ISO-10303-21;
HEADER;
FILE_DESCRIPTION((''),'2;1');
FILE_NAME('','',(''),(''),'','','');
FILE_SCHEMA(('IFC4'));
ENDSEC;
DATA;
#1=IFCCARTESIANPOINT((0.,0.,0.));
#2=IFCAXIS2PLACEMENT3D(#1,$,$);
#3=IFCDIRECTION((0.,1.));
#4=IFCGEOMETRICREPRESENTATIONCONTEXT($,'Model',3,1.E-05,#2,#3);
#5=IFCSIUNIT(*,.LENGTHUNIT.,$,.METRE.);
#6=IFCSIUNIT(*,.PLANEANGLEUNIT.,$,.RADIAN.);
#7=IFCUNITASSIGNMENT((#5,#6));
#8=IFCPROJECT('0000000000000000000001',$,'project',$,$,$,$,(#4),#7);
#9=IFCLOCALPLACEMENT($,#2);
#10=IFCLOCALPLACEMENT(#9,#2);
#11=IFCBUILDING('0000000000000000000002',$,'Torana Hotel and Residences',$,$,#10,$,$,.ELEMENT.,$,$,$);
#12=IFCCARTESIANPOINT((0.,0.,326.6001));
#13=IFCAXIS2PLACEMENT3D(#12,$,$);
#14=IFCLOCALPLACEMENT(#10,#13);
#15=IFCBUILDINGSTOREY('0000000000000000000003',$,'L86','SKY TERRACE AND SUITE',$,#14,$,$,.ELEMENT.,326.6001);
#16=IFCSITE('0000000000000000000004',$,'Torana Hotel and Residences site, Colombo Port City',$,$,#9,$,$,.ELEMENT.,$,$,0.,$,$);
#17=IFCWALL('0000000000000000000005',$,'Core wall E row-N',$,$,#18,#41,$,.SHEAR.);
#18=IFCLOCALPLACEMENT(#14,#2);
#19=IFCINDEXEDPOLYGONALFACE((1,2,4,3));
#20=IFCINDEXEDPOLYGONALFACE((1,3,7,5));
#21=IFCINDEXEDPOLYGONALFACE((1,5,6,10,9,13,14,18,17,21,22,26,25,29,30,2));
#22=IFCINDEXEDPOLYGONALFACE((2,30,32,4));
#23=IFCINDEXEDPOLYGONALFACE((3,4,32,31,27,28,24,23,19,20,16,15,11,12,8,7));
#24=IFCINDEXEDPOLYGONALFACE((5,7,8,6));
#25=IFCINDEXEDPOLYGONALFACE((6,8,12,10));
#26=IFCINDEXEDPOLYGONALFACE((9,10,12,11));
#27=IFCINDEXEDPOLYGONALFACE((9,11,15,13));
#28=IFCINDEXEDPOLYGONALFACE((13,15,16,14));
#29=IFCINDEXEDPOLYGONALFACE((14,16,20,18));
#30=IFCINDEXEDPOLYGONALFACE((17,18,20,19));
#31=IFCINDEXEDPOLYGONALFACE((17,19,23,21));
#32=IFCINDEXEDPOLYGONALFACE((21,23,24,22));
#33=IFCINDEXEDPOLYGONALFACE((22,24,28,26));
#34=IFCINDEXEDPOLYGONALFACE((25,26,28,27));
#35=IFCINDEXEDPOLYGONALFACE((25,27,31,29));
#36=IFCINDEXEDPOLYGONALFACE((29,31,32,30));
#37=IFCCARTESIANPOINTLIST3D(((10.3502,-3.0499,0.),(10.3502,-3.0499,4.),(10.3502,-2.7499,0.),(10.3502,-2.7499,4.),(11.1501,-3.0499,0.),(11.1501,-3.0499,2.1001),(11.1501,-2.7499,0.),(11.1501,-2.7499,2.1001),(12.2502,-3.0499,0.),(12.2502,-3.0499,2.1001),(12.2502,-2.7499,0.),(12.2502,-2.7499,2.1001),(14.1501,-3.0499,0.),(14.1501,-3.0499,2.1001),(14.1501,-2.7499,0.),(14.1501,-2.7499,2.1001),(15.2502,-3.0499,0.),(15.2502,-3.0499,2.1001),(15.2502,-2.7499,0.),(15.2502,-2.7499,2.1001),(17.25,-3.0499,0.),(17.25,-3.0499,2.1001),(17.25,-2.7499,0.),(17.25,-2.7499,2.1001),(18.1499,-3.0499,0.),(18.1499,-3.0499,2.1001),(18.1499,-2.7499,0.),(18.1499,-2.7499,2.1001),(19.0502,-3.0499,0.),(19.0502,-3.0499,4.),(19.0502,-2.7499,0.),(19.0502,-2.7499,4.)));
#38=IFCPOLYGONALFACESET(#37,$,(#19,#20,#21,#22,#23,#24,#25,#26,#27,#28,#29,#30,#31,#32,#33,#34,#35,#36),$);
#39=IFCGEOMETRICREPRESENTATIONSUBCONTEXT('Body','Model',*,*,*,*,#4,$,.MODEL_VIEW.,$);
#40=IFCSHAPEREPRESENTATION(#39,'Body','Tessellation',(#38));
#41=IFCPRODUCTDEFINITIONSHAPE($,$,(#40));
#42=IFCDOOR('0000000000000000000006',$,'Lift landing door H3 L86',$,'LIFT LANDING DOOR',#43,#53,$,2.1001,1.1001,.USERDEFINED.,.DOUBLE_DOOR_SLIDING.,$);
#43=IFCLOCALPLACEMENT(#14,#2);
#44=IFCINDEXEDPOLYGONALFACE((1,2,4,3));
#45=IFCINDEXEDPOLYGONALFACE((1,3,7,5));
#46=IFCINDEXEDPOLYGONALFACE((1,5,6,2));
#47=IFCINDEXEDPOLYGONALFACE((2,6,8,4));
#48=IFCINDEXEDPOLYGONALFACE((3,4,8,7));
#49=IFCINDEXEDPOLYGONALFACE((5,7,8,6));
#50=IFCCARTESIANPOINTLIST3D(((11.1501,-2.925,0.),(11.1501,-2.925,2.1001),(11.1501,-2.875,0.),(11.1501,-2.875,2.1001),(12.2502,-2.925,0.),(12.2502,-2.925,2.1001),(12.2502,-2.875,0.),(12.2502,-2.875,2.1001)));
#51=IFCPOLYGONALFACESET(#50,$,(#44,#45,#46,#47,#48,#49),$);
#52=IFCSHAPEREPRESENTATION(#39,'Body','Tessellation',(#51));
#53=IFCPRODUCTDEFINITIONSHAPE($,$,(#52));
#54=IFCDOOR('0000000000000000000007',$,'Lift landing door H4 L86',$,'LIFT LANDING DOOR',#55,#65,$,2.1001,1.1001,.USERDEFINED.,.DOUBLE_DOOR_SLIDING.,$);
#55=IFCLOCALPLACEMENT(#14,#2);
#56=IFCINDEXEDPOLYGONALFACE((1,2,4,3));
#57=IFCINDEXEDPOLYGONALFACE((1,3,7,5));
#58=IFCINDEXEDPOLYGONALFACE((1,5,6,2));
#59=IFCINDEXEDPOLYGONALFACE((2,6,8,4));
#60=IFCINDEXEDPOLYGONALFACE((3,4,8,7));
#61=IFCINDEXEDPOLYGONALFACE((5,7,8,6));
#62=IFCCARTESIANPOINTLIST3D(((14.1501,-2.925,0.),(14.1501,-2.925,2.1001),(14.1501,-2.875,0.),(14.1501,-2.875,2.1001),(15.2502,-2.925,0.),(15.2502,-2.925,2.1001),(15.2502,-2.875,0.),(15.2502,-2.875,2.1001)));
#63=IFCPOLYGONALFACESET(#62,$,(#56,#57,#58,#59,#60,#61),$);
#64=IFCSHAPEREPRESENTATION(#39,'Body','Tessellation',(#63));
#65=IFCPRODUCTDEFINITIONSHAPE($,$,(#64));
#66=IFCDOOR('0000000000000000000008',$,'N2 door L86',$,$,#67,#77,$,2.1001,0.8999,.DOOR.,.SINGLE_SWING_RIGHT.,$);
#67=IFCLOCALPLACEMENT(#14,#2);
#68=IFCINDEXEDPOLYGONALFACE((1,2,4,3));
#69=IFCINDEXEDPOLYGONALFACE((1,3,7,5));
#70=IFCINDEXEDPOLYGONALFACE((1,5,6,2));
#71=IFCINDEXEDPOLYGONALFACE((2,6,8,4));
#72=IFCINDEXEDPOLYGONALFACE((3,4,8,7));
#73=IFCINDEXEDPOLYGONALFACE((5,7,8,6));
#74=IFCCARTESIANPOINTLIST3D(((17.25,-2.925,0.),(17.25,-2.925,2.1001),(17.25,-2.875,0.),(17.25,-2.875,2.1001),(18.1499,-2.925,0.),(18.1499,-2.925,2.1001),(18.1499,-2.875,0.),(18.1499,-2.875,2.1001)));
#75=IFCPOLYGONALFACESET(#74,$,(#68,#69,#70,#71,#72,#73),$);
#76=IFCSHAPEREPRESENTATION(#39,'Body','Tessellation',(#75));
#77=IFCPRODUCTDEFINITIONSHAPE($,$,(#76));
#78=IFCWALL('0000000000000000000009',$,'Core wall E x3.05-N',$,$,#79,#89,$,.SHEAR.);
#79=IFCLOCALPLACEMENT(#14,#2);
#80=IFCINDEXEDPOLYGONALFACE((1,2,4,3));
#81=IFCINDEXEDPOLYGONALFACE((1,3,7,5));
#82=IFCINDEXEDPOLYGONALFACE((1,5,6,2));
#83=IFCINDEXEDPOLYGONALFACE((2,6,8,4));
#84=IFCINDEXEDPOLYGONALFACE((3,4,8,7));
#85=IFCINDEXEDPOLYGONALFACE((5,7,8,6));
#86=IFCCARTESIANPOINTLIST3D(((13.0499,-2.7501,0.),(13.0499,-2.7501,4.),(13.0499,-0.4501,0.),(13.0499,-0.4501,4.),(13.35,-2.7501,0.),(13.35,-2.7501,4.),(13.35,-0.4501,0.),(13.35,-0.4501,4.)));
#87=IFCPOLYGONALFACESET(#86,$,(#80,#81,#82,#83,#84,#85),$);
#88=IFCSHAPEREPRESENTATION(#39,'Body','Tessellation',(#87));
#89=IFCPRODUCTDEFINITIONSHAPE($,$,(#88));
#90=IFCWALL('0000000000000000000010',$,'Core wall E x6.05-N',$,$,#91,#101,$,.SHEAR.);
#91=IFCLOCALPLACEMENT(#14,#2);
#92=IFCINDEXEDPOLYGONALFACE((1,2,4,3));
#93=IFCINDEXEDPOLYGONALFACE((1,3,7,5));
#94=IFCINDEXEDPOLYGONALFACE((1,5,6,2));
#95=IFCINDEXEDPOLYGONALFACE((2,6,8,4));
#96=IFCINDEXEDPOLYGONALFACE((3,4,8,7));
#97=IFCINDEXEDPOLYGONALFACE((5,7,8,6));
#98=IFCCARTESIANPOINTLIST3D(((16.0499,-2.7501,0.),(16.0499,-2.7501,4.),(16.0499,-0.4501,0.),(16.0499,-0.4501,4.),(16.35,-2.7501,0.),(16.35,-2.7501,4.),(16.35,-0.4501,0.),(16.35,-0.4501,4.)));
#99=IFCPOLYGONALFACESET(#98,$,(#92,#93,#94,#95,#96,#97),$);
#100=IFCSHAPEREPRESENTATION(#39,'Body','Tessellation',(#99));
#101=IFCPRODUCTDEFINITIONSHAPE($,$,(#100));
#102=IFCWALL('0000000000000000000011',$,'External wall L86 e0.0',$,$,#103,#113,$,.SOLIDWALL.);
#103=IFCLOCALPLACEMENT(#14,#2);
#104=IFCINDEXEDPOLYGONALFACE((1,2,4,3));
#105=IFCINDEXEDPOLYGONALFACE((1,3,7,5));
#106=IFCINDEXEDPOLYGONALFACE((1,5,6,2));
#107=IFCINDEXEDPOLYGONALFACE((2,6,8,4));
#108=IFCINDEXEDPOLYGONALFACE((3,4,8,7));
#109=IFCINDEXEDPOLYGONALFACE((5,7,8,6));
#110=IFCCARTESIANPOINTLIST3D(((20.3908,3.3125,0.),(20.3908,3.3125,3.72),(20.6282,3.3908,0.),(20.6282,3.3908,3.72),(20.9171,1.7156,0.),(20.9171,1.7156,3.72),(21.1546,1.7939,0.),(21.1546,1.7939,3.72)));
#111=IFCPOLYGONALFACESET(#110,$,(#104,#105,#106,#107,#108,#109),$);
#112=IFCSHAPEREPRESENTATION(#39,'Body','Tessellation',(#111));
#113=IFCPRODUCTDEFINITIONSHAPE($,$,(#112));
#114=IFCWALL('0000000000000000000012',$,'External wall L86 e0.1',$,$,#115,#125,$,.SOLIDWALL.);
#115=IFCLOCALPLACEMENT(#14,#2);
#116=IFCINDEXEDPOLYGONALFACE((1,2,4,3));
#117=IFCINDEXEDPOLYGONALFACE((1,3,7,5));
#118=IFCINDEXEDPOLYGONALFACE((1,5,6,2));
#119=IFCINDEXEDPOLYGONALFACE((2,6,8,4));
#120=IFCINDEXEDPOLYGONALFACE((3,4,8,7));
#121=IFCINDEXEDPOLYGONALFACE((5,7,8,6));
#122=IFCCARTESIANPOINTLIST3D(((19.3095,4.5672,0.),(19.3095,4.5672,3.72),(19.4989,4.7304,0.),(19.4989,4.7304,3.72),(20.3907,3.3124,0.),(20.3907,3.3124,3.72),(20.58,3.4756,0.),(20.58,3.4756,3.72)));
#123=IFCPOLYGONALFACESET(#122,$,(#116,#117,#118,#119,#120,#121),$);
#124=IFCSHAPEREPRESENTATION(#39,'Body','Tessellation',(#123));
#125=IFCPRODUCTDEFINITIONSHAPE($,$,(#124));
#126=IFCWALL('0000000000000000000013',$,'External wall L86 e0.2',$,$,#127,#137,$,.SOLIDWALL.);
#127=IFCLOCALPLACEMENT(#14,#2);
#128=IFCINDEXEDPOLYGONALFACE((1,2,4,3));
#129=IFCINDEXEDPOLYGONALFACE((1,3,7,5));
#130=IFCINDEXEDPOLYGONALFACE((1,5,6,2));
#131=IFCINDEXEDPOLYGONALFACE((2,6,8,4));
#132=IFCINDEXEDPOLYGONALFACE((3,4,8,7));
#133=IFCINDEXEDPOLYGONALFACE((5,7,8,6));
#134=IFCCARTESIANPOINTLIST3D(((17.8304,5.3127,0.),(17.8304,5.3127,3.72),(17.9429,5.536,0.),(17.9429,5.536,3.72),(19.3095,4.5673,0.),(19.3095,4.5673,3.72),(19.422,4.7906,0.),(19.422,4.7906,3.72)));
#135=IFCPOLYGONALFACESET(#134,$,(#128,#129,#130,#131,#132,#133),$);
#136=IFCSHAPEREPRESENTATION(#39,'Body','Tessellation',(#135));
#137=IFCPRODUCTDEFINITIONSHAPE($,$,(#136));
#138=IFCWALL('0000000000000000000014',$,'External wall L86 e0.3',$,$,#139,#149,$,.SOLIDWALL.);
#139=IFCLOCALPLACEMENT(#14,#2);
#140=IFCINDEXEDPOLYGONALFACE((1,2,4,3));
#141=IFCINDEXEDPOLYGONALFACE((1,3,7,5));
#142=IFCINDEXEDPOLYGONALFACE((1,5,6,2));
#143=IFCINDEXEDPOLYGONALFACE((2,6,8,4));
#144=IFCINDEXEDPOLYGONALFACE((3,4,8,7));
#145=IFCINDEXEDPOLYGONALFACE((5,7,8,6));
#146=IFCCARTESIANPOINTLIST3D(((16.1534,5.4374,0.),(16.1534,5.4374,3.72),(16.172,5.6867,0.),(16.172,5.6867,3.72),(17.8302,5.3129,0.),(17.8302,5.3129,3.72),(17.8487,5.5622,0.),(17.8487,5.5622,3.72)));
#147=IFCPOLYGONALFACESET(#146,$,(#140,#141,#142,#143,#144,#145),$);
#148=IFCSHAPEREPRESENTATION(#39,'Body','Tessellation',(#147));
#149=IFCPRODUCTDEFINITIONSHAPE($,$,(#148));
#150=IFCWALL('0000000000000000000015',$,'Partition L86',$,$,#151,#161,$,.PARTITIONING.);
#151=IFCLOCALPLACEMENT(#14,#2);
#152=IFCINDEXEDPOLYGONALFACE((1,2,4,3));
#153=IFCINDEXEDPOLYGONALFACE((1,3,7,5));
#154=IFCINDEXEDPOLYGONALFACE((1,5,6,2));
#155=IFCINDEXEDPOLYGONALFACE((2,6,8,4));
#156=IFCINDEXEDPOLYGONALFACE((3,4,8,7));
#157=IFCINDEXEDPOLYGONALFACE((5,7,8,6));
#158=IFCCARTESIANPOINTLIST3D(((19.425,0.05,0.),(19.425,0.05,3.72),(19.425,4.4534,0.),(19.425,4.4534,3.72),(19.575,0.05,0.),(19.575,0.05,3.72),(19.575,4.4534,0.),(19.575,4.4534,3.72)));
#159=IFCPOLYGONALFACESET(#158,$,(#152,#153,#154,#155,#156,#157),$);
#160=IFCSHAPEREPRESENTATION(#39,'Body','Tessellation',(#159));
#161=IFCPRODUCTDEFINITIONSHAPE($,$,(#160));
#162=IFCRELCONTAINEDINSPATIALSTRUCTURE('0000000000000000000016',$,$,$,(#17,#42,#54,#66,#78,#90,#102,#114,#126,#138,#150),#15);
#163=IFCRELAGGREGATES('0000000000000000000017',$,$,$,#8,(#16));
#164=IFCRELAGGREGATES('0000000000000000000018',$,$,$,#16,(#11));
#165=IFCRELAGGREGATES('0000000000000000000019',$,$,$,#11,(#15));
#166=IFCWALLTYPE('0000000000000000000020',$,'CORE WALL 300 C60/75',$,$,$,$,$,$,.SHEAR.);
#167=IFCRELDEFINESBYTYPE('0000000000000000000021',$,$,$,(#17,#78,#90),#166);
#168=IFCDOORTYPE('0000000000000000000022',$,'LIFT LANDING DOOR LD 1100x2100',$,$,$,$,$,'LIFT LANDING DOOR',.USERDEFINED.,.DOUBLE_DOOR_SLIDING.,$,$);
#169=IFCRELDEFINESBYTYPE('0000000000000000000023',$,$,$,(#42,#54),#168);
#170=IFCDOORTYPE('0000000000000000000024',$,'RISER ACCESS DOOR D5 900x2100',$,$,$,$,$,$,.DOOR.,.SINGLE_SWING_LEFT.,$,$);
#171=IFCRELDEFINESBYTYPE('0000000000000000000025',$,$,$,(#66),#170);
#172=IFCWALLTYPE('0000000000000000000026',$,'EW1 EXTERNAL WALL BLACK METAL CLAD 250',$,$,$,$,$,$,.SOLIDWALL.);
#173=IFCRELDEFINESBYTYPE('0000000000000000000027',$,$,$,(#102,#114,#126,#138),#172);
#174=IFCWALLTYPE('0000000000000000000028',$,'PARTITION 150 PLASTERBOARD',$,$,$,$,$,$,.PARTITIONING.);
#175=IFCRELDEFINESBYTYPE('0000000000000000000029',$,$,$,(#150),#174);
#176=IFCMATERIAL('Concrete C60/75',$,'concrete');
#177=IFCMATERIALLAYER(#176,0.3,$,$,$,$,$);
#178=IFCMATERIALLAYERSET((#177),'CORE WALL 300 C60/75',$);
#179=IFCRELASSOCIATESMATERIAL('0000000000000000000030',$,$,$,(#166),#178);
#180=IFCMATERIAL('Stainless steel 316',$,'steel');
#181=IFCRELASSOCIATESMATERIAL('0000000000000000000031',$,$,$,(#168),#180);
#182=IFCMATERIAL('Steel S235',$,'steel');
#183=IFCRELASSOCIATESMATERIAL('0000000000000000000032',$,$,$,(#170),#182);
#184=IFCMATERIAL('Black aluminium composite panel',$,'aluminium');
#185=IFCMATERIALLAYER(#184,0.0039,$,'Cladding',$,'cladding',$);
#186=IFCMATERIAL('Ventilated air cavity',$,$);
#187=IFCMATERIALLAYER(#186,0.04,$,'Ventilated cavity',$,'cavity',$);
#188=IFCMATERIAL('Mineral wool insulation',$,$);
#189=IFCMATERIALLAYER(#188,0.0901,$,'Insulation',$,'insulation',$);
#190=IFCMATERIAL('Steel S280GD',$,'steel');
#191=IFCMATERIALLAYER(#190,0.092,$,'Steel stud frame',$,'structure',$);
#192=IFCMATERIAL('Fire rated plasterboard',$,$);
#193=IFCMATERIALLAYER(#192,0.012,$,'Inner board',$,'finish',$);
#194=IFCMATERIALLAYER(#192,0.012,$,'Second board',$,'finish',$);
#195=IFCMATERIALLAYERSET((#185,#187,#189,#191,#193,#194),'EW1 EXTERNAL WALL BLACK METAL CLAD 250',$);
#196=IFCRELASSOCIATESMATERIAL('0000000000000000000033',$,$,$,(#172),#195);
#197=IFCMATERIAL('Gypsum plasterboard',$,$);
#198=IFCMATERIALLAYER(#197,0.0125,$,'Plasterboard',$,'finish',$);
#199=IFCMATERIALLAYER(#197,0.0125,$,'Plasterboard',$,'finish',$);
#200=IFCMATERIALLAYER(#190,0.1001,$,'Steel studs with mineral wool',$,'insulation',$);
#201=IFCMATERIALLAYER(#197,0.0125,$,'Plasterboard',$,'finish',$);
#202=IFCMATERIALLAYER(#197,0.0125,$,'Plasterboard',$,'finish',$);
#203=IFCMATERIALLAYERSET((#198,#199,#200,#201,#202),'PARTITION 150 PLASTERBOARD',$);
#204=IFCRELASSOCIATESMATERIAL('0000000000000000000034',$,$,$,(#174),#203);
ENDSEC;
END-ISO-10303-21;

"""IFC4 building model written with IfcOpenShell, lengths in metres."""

from ifc_helpers import new_model, si_unit, direction, frame, frame_2d, origin, place, context, subcontext, project, spatial, rectangle, extrude, material, layer, layer_set, type_object, element, fill, save


model = new_model("IFC4")

# Units and contexts
model_context = context("Model", 3, precision=1e-05, world=origin(), true_north=direction((0.0, 1.0)))
body_context = subcontext(model_context, "Body", "Model", "MODEL_VIEW")
ifc_project = project(units=[si_unit("LENGTHUNIT", "METRE"), si_unit("PLANEANGLEUNIT", "RADIAN")], contexts=[model_context])

# Site, building, storey
site_placement = place(None, origin())
site = spatial("IfcSite", under=ifc_project, at=site_placement, Name="Torana Hotel and Residences site, Colombo Port City", CompositionType="ELEMENT", RefElevation=0.0)
building_placement = place(site_placement, origin())
building = spatial("IfcBuilding", under=site, at=building_placement, Name="Torana Hotel and Residences", CompositionType="ELEMENT")
storey_placement = place(building_placement, frame((0.0, 0.0, 326.6001)))
storey = spatial("IfcBuildingStorey", under=building, at=storey_placement, Name="L86", Description="SKY TERRACE AND SUITE", CompositionType="ELEMENT", Elevation=326.6001)

# Wall, openings, doors
ifc_material_1 = material(Name="Concrete C60/75", Category="concrete")
ifc_layer_1 = layer(ifc_material_1, 0.3)
ifc_layer_set_1 = layer_set([ifc_layer_1], Name="CORE WALL 300 C60/75")
wall_type_1 = type_object("IfcWallType", Name="CORE WALL 300 C60/75", PredefinedType="SHEAR", material=ifc_layer_set_1)
wall_1_placement = place(storey_placement, frame((10.3501, -2.8999, 0.0), z_axis=(0.0, 0.0, 1.0), x_axis=(1.0, 0.0, 0.0)))
wall_1 = element("IfcWall", 1, at=wall_1_placement, inside=storey, type_object=wall_type_1, Name="Core wall E row-N", PredefinedType="SHEAR", context=body_context, shape_type="SweptSolid", body=[
    extrude(rectangle(XDim=8.7, YDim=0.3, at=frame_2d((4.3501, 0.0))), origin(), (0.0, 0.0, 1.0), 4.0),
])
opening_1_placement = place(wall_1_placement, frame((0.8, 0.0, 0.0)))
opening_1 = element("IfcOpeningElement", 2, at=opening_1_placement, cuts=wall_1, PredefinedType="OPENING", context=body_context, shape_type="SweptSolid", body=[
    extrude(rectangle(XDim=1.1001, YDim=2.1001, at=frame_2d((0.55, 1.05))), frame((0.0, 0.1599, 0.0), z_axis=(0.0, -1.0, 0.0), x_axis=(1.0, 0.0, 0.0)), (0.0, 0.0, 1.0), 0.3201),
])
opening_2_placement = place(wall_1_placement, frame((3.8, 0.0, 0.0)))
opening_2 = element("IfcOpeningElement", 3, at=opening_2_placement, cuts=wall_1, PredefinedType="OPENING", context=body_context, shape_type="SweptSolid", body=[
    extrude(rectangle(XDim=1.1001, YDim=2.1001, at=frame_2d((0.55, 1.05))), frame((0.0, 0.1599, 0.0), z_axis=(0.0, -1.0, 0.0), x_axis=(1.0, 0.0, 0.0)), (0.0, 0.0, 1.0), 0.3201),
])
opening_3_placement = place(wall_1_placement, frame((6.8999, 0.0, 0.0)))
opening_3 = element("IfcOpeningElement", 4, at=opening_3_placement, cuts=wall_1, PredefinedType="OPENING", context=body_context, shape_type="SweptSolid", body=[
    extrude(rectangle(XDim=0.8999, YDim=2.1001, at=frame_2d((0.45, 1.05))), frame((0.0, 0.1599, 0.0), z_axis=(0.0, -1.0, 0.0), x_axis=(1.0, 0.0, 0.0)), (0.0, 0.0, 1.0), 0.3201),
])
ifc_material_2 = material(Name="Stainless steel 316", Category="steel")
door_type_1 = type_object("IfcDoorType", Name="LIFT LANDING DOOR LD 1100x2100", ElementType="LIFT LANDING DOOR", OperationType="DOUBLE_DOOR_SLIDING", PredefinedType="USERDEFINED", material=ifc_material_2)
door_1_placement = place(opening_1_placement, origin())
door_1 = element("IfcDoor", 5, at=door_1_placement, inside=storey, type_object=door_type_1, Name="Lift landing door H3 L86", ObjectType="LIFT LANDING DOOR", OperationType="DOUBLE_DOOR_SLIDING", OverallHeight=2.1001, OverallWidth=1.1001, PredefinedType="USERDEFINED", context=body_context, shape_type="SweptSolid", body=[
    extrude(rectangle(XDim=1.1001, YDim=2.1001, at=frame_2d((0.55, 1.05))), frame((0.0, 0.0249, 0.0), z_axis=(0.0, -1.0, 0.0), x_axis=(1.0, 0.0, 0.0)), (0.0, 0.0, 1.0), 0.05),
])
fill(opening_1, door_1)
door_2_placement = place(opening_2_placement, origin())
door_2 = element("IfcDoor", 6, at=door_2_placement, inside=storey, type_object=door_type_1, Name="Lift landing door H4 L86", ObjectType="LIFT LANDING DOOR", OperationType="DOUBLE_DOOR_SLIDING", OverallHeight=2.1001, OverallWidth=1.1001, PredefinedType="USERDEFINED", context=body_context, shape_type="SweptSolid", body=[
    extrude(rectangle(XDim=1.1001, YDim=2.1001, at=frame_2d((0.55, 1.05))), frame((0.0, 0.0249, 0.0), z_axis=(0.0, -1.0, 0.0), x_axis=(1.0, 0.0, 0.0)), (0.0, 0.0, 1.0), 0.05),
])
fill(opening_2, door_2)
ifc_material_3 = material(Name="Steel S235", Category="steel")
door_type_2 = type_object("IfcDoorType", Name="RISER ACCESS DOOR D5 900x2100", OperationType="SINGLE_SWING_LEFT", PredefinedType="DOOR", material=ifc_material_3)
door_3_placement = place(opening_3_placement, origin())
door_3 = element("IfcDoor", 7, at=door_3_placement, inside=storey, type_object=door_type_2, Name="N2 door L86", OperationType="SINGLE_SWING_RIGHT", OverallHeight=2.1001, OverallWidth=0.8999, PredefinedType="DOOR", context=body_context, shape_type="SweptSolid", body=[
    extrude(rectangle(XDim=0.8999, YDim=2.1001, at=frame_2d((0.45, 1.05))), frame((0.0, 0.0249, 0.0), z_axis=(0.0, -1.0, 0.0), x_axis=(1.0, 0.0, 0.0)), (0.0, 0.0, 1.0), 0.05),
])
fill(opening_3, door_3)

# Walls
for number, where, z_axis, x_axis, name in (
    (8, (13.2, -2.75, 0.0), (0.0, 0.0, 1.0), (0.0, 1.0, 0.0), "Core wall E x3.05-N"),
    (9, (16.2, -2.75, 0.0), (0.0, 0.0, 1.0), (0.0, 1.0, 0.0), "Core wall E x6.05-N"),
):
    element("IfcWall", number, at=place(storey_placement, frame(where, z_axis=z_axis, x_axis=x_axis)), inside=storey, type_object=wall_type_1, Name=name, PredefinedType="SHEAR", context=body_context, shape_type="SweptSolid", body=[
        extrude(rectangle(XDim=2.3, YDim=0.3, at=frame_2d((1.1499, 0.0))), origin(), (0.0, 0.0, 1.0), 4.0),
    ])
ifc_material_4 = material(Name="Black aluminium composite panel", Category="aluminium")
ifc_layer_2 = layer(ifc_material_4, 0.0039, Name="Cladding", Category="cladding")
ifc_material_5 = material(Name="Ventilated air cavity")
ifc_layer_3 = layer(ifc_material_5, 0.04, Name="Ventilated cavity", Category="cavity")
ifc_material_6 = material(Name="Mineral wool insulation")
ifc_layer_4 = layer(ifc_material_6, 0.0901, Name="Insulation", Category="insulation")
ifc_material_7 = material(Name="Steel S280GD", Category="steel")
ifc_layer_5 = layer(ifc_material_7, 0.092, Name="Steel stud frame", Category="structure")
ifc_material_8 = material(Name="Fire rated plasterboard")
ifc_layer_6 = layer(ifc_material_8, 0.012, Name="Inner board", Category="finish")
ifc_layer_7 = layer(ifc_material_8, 0.012, Name="Second board", Category="finish")
ifc_layer_set_2 = layer_set([ifc_layer_2, ifc_layer_3, ifc_layer_4, ifc_layer_5, ifc_layer_6, ifc_layer_7], Name="EW1 EXTERNAL WALL BLACK METAL CLAD 250")
wall_type_2 = type_object("IfcWallType", Name="EW1 EXTERNAL WALL BLACK METAL CLAD 250", PredefinedType="SOLIDWALL", material=ifc_layer_set_2)
wall_2_placement = place(storey_placement, frame((21.0359, 1.7546, 0.0), z_axis=(0.0, 0.0, 1.0), x_axis=(-0.313046, 0.949738, 0.0)))
element("IfcWall", 10, at=wall_2_placement, inside=storey, type_object=wall_type_2, Name="External wall L86 e0.0", PredefinedType="SOLIDWALL", context=body_context, shape_type="SweptSolid", body=[
    extrude(rectangle(XDim=1.6814, YDim=0.25, at=frame_2d((0.8408, 0.0))), origin(), (0.0, 0.0, 1.0), 3.72),
])
for number, where, z_axis, x_axis, name in (
    (11, (20.4854, 3.394, 0.0), (0.0, 0.0, 1.0), (-0.652756, 0.757568, 0.0), "External wall L86 e0.1"),
    (12, (19.3657, 4.679, 0.0), (0.0, 0.0, 1.0), (-0.893008, 0.450042, 0.0), "External wall L86 e0.2"),
):
    element("IfcWall", number, at=place(storey_placement, frame(where, z_axis=z_axis, x_axis=x_axis)), inside=storey, type_object=wall_type_2, Name=name, PredefinedType="SOLIDWALL", context=body_context, shape_type="SweptSolid", body=[
        extrude(rectangle(XDim=1.6562, YDim=0.25, at=frame_2d((0.8281, 0.0))), origin(), (0.0, 0.0, 1.0), 3.72),
    ])
wall_3_placement = place(storey_placement, frame((17.8396, 5.4375, 0.0), z_axis=(0.0, 0.0, 1.0), x_axis=(-0.997254, 0.074054, 0.0)))
element("IfcWall", 13, at=wall_3_placement, inside=storey, type_object=wall_type_2, Name="External wall L86 e0.3", PredefinedType="SOLIDWALL", context=body_context, shape_type="SweptSolid", body=[
    extrude(rectangle(XDim=1.6814, YDim=0.25, at=frame_2d((0.8408, 0.0))), origin(), (0.0, 0.0, 1.0), 3.72),
])

# Wall
ifc_material_9 = material(Name="Gypsum plasterboard")
ifc_layer_8 = layer(ifc_material_9, 0.0125, Name="Plasterboard", Category="finish")
ifc_layer_9 = layer(ifc_material_9, 0.0125, Name="Plasterboard", Category="finish")
ifc_layer_10 = layer(ifc_material_7, 0.1001, Name="Steel studs with mineral wool", Category="insulation")
ifc_layer_11 = layer(ifc_material_9, 0.0125, Name="Plasterboard", Category="finish")
ifc_layer_12 = layer(ifc_material_9, 0.0125, Name="Plasterboard", Category="finish")
ifc_layer_set_3 = layer_set([ifc_layer_8, ifc_layer_9, ifc_layer_10, ifc_layer_11, ifc_layer_12], Name="PARTITION 150 PLASTERBOARD")
wall_type_3 = type_object("IfcWallType", Name="PARTITION 150 PLASTERBOARD", PredefinedType="PARTITIONING", material=ifc_layer_set_3)
wall_4_placement = place(storey_placement, frame((19.5, 0.05, 0.0), z_axis=(0.0, 0.0, 1.0), x_axis=(0.0, 1.0, 0.0)))
element("IfcWall", 14, at=wall_4_placement, inside=storey, type_object=wall_type_3, Name="Partition L86", PredefinedType="PARTITIONING", context=body_context, shape_type="SweptSolid", body=[
    extrude(rectangle(XDim=4.4033, YDim=0.1499, at=frame_2d((2.2017, 0.0))), origin(), (0.0, 0.0, 1.0), 3.72),
])

save(model, "model.ifc")
